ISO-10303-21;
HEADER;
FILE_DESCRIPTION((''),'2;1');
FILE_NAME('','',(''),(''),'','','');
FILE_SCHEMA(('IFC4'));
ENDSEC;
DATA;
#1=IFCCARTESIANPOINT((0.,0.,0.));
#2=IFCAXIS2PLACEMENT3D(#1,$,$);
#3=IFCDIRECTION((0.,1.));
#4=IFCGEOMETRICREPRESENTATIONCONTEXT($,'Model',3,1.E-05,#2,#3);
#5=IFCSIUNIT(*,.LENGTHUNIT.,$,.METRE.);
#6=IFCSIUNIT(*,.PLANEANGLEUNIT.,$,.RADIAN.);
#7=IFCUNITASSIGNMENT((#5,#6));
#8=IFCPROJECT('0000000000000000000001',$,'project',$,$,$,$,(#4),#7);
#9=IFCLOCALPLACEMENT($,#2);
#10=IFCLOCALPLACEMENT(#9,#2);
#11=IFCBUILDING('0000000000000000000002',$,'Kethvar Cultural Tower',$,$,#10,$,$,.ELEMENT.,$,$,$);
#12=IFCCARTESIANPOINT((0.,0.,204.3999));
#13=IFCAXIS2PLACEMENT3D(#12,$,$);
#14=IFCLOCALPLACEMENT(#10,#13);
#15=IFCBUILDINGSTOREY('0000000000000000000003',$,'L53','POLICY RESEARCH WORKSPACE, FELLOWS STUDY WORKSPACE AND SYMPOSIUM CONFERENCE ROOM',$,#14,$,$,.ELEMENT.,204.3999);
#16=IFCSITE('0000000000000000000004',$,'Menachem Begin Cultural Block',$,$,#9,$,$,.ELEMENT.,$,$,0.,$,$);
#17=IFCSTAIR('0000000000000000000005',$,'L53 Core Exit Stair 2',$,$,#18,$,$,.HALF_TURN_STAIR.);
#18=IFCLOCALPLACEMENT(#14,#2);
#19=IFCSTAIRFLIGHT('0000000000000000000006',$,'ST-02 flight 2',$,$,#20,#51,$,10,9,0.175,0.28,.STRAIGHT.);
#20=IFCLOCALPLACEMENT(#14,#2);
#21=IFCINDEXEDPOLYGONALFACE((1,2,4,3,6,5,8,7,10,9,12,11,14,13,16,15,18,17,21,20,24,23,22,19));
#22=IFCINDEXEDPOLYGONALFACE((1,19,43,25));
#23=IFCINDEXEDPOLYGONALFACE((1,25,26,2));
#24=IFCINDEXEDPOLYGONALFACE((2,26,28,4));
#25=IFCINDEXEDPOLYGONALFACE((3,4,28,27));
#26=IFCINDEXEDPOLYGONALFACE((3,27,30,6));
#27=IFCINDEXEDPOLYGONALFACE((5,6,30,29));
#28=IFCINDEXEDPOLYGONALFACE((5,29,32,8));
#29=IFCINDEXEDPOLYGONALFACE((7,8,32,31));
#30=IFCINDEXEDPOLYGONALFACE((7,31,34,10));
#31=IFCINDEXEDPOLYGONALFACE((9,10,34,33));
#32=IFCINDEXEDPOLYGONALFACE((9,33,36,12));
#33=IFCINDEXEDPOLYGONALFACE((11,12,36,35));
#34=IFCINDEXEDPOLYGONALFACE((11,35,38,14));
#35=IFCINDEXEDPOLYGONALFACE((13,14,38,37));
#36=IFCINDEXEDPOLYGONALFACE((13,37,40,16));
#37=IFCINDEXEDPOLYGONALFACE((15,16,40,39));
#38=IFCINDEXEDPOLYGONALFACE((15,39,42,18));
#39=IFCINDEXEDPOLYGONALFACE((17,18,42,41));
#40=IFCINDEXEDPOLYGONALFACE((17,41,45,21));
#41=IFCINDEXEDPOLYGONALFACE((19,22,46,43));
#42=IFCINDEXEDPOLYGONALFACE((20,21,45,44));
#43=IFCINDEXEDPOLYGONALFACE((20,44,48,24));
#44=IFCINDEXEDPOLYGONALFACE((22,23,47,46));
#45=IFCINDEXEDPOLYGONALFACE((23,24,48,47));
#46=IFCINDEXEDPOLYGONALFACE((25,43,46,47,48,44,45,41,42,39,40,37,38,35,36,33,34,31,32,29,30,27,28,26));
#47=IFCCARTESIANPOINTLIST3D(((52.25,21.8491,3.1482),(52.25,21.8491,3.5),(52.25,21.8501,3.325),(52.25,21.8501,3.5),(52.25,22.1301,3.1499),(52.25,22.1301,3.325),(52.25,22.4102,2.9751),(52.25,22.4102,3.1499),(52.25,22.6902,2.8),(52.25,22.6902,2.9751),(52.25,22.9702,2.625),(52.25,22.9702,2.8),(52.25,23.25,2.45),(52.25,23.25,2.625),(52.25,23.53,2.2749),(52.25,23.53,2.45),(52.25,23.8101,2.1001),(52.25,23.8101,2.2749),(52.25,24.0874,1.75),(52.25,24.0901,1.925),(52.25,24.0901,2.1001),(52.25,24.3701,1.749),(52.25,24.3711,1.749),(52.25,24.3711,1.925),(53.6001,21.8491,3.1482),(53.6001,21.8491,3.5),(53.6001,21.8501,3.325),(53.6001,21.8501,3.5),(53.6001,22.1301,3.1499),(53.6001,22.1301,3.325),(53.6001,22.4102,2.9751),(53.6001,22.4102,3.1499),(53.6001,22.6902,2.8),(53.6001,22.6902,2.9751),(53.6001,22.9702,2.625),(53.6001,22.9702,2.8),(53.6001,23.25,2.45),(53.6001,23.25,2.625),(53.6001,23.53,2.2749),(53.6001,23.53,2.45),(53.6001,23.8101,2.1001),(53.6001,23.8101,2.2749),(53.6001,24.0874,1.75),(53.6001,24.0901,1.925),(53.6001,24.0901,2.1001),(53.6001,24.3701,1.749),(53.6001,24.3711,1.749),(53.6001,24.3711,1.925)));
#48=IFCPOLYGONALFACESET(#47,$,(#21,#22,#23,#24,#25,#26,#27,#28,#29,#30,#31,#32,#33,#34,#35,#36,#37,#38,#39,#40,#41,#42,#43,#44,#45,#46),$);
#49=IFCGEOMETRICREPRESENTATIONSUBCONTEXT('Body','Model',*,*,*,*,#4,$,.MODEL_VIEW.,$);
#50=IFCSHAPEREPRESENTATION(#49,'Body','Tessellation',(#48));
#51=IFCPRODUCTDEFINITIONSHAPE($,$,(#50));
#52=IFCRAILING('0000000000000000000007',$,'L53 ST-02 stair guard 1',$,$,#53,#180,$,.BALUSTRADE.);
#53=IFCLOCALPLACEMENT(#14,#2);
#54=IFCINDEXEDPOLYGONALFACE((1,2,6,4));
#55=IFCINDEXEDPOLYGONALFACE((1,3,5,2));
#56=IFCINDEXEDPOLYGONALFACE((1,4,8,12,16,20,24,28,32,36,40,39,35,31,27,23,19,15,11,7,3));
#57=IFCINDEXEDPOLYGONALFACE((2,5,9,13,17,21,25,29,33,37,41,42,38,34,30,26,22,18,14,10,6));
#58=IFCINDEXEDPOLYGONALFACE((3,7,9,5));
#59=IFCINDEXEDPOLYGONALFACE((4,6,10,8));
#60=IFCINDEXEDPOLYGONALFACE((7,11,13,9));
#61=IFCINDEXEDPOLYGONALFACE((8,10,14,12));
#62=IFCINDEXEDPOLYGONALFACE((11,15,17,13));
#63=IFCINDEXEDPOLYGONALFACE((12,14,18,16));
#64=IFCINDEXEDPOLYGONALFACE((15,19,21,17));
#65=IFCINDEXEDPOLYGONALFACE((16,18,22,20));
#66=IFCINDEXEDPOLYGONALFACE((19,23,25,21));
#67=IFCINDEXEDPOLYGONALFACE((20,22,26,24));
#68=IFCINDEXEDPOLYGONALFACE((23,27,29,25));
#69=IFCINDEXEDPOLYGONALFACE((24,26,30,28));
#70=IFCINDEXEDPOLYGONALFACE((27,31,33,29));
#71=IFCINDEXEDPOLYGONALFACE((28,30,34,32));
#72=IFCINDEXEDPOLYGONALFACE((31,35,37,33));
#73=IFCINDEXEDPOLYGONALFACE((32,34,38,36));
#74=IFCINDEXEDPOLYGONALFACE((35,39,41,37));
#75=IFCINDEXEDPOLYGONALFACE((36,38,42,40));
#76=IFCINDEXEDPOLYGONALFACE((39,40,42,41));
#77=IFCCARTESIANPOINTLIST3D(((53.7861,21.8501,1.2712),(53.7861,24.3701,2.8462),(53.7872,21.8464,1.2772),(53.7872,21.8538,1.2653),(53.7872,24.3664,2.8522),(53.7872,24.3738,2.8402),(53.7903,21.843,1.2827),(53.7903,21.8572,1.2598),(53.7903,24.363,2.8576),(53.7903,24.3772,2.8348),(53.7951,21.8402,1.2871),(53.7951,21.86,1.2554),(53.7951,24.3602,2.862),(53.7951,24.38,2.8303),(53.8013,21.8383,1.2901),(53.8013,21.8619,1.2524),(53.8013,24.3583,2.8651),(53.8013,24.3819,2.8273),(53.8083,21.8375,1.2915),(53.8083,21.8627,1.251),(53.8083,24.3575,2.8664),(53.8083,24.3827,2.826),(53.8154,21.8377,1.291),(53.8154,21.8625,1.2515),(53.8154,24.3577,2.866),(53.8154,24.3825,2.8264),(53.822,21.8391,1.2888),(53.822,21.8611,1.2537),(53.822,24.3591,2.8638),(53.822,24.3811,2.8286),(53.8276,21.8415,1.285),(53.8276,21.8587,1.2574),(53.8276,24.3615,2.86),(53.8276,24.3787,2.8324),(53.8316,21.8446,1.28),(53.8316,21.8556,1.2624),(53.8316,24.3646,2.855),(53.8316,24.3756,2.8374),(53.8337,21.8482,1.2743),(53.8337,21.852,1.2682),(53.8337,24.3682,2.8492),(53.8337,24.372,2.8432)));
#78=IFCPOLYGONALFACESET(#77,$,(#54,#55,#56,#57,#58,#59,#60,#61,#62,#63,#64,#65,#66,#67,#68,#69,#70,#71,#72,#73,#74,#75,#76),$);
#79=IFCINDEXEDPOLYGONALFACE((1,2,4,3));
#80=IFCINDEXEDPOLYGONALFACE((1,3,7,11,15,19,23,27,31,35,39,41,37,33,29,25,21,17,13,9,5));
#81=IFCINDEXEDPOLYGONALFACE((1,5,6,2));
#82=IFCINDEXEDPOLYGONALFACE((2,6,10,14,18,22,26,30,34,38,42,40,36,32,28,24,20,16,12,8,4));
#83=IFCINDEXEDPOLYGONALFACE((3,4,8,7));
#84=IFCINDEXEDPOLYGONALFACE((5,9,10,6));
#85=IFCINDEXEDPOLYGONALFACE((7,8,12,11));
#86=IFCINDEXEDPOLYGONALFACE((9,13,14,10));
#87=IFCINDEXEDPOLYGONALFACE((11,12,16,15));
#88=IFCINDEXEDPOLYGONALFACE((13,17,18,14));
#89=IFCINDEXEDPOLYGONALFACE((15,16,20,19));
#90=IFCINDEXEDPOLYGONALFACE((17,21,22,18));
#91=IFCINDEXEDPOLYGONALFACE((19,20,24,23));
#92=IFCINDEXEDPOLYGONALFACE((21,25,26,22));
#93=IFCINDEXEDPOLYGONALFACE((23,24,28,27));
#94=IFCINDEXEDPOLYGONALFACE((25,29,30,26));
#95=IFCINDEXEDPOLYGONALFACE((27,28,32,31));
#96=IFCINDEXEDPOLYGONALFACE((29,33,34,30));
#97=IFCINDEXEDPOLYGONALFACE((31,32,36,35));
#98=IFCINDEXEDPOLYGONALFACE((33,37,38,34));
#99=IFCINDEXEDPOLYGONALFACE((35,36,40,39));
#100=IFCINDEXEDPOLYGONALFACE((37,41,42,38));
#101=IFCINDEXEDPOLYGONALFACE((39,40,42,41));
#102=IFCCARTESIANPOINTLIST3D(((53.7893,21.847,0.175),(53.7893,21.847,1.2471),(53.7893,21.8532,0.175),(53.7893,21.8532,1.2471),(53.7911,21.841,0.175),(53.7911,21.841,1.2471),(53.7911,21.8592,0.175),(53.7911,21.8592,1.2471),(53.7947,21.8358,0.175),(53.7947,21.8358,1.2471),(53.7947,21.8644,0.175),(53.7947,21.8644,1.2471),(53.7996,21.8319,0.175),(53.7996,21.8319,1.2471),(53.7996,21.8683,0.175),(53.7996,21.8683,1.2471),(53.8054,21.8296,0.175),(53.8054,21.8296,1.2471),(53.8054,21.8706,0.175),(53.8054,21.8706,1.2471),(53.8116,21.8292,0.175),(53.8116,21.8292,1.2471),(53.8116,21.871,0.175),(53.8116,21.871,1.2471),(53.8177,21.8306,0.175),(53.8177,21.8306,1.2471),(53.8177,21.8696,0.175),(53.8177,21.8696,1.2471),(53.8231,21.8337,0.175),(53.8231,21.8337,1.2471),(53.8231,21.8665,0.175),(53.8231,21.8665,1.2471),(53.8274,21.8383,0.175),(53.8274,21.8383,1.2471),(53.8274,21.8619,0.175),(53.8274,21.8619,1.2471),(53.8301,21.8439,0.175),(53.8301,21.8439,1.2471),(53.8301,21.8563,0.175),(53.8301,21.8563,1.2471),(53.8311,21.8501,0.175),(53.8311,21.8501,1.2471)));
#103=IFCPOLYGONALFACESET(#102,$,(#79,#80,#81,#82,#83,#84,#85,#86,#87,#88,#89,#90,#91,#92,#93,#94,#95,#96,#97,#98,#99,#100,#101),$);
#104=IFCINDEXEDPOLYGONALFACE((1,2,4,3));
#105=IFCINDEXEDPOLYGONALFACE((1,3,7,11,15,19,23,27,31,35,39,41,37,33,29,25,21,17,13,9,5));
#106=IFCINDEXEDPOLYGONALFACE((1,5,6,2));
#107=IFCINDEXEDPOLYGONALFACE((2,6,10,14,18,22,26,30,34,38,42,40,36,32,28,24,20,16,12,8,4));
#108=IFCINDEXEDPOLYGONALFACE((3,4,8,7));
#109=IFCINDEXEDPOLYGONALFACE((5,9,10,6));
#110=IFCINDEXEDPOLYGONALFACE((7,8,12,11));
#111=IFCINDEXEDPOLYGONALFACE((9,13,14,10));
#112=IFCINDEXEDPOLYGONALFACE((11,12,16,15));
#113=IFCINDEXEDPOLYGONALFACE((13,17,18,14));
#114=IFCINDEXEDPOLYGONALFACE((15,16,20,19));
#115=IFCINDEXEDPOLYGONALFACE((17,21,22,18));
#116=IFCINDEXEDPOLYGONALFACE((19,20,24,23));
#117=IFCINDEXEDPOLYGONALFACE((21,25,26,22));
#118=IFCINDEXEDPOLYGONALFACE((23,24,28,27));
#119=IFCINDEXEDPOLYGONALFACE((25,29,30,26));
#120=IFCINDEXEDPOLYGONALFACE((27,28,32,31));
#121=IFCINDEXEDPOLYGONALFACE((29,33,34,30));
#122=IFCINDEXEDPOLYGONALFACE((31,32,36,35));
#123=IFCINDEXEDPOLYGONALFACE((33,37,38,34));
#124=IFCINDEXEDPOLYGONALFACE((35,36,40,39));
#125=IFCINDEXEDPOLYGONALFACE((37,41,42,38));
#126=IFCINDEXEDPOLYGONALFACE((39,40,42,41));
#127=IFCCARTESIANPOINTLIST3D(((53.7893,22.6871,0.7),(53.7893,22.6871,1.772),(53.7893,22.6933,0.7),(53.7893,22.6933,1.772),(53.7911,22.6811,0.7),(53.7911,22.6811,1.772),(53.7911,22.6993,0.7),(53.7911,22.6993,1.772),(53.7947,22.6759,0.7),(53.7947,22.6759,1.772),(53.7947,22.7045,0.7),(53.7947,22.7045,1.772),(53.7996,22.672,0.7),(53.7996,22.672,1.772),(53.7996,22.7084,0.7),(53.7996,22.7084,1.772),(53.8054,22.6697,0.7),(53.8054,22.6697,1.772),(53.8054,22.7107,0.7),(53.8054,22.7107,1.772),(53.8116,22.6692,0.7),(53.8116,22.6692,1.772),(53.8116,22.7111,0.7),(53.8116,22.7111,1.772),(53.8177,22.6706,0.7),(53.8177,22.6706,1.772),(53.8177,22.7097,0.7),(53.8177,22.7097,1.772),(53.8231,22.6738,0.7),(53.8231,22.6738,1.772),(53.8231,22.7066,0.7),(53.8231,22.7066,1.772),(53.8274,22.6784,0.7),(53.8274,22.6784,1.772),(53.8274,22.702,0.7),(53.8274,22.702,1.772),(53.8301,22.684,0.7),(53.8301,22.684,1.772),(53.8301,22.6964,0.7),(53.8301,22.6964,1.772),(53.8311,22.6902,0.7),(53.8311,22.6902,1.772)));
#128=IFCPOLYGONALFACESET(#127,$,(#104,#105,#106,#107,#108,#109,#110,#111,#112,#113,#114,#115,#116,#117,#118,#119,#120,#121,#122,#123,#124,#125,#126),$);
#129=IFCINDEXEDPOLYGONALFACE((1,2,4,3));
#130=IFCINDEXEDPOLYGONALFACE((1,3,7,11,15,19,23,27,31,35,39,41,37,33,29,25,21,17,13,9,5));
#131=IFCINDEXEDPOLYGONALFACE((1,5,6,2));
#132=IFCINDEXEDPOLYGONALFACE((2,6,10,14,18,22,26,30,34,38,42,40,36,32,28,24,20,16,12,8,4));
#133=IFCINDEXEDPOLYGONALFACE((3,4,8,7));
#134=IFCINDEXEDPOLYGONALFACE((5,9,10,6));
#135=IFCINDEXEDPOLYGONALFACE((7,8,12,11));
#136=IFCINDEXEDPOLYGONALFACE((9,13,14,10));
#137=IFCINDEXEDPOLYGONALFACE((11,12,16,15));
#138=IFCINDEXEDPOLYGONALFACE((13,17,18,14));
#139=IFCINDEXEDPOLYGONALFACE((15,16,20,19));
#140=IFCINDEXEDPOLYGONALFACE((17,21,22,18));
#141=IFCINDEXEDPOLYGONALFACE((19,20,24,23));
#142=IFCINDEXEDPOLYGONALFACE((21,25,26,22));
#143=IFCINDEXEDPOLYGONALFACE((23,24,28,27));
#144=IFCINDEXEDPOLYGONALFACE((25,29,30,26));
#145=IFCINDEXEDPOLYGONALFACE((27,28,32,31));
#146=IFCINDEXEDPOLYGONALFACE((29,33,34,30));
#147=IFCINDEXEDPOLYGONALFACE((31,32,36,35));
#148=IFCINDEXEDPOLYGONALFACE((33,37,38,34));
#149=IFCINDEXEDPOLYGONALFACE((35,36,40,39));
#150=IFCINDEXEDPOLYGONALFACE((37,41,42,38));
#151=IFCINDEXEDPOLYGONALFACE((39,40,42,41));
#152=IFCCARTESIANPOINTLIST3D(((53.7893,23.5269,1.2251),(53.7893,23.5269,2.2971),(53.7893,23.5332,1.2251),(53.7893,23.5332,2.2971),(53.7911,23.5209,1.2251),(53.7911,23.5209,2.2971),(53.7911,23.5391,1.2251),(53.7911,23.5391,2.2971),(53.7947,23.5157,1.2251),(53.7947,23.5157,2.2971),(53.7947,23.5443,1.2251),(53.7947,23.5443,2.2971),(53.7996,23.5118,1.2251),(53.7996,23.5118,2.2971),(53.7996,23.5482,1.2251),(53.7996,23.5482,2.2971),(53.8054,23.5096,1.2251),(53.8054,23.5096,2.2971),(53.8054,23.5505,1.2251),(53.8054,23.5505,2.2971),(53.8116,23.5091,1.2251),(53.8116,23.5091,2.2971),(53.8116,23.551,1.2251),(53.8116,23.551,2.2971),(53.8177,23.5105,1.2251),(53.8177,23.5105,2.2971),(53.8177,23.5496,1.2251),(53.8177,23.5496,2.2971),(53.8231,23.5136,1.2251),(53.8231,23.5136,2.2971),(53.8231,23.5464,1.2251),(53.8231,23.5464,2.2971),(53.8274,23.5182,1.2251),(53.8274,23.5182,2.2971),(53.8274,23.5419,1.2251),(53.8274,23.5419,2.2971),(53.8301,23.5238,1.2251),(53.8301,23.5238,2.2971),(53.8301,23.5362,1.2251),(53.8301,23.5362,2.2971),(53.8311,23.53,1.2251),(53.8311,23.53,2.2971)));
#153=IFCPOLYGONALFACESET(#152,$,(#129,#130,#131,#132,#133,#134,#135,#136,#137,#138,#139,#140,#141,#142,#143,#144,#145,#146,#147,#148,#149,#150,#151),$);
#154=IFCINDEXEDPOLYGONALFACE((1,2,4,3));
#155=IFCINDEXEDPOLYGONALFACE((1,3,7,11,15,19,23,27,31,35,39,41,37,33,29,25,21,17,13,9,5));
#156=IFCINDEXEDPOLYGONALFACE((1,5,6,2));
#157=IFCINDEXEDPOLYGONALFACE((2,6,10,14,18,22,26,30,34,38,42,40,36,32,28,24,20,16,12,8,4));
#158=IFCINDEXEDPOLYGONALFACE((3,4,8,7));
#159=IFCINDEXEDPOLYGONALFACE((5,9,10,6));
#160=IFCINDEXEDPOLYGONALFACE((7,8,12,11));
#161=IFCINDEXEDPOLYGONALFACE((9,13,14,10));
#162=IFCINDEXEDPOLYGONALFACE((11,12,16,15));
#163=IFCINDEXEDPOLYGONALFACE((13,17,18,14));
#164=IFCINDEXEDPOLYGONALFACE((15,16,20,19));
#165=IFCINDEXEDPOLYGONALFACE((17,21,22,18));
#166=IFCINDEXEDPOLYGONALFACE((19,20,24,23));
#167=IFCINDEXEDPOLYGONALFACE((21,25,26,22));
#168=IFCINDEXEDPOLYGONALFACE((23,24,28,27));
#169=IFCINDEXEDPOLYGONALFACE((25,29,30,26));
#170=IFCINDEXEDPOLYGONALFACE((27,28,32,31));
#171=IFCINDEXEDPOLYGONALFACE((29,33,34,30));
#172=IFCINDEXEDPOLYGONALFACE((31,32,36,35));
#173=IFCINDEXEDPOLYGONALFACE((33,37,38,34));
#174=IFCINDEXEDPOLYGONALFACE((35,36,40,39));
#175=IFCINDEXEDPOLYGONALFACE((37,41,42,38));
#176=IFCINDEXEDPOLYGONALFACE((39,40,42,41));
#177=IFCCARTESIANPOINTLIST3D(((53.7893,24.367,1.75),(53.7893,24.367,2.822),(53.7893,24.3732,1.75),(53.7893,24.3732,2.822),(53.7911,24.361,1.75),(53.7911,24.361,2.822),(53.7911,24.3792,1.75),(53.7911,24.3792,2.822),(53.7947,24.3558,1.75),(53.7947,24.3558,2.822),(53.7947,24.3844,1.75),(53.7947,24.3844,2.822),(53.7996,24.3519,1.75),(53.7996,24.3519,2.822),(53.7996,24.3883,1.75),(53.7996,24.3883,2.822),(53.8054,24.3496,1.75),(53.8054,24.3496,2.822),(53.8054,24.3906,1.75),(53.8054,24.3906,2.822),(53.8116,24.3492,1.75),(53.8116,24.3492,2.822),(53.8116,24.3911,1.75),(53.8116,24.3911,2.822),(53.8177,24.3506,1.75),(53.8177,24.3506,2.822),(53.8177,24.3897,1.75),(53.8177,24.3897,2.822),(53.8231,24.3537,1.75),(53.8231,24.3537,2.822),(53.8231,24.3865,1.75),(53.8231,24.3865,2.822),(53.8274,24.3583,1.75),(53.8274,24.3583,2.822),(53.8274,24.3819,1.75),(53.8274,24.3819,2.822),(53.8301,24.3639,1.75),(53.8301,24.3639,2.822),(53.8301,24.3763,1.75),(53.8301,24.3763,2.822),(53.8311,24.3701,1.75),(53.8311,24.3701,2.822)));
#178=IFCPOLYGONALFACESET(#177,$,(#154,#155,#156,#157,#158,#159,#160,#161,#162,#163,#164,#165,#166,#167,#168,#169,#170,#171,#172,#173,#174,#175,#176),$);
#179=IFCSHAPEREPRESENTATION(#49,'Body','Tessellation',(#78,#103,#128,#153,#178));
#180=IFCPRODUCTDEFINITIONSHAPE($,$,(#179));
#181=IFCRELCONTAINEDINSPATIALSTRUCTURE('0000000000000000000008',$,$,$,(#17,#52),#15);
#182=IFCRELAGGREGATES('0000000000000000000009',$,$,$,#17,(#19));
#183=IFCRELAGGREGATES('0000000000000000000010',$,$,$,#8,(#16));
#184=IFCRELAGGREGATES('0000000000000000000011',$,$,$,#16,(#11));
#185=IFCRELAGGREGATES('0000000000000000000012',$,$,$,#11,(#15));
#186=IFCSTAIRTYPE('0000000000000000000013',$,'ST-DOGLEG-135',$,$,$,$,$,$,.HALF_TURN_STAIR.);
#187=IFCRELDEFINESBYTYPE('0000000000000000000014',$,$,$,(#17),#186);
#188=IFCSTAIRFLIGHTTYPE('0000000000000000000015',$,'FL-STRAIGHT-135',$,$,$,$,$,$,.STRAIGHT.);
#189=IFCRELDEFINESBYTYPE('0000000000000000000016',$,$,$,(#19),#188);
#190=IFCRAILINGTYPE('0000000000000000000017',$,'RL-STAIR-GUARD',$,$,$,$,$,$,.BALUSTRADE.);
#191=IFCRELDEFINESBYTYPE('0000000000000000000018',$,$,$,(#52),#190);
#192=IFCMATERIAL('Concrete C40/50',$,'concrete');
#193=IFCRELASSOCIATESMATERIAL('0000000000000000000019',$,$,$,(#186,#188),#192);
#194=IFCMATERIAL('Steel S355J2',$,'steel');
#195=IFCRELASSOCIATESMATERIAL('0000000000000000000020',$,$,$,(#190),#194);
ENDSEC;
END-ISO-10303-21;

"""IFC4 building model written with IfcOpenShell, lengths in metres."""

from ifc_helpers import new_model, si_unit, direction, frame, origin, origin_2d, place, context, subcontext, project, spatial, polyline, circle, outline, extrude, material, type_object, element, aggregate, save


model = new_model("IFC4")

# Units and contexts
model_context = context("Model", 3, precision=1e-05, world=origin(), true_north=direction((0.0, 1.0)))
body_context = subcontext(model_context, "Body", "Model", "MODEL_VIEW")
ifc_project = project(units=[si_unit("LENGTHUNIT", "METRE"), si_unit("PLANEANGLEUNIT", "RADIAN")], contexts=[model_context])

# Site, building, storey
site_placement = place(None, origin())
site = spatial("IfcSite", under=ifc_project, at=site_placement, Name="Menachem Begin Cultural Block", CompositionType="ELEMENT", RefElevation=0.0)
building_placement = place(site_placement, origin())
building = spatial("IfcBuilding", under=site, at=building_placement, Name="Kethvar Cultural Tower", CompositionType="ELEMENT")
storey_placement = place(building_placement, frame((0.0, 0.0, 204.3999)))
storey = spatial("IfcBuildingStorey", under=building, at=storey_placement, Name="L53", Description="POLICY RESEARCH WORKSPACE, FELLOWS STUDY WORKSPACE AND SYMPOSIUM CONFERENCE ROOM", CompositionType="ELEMENT", Elevation=204.3999)

# Shared definitions
ifc_material_1 = material(Name="Steel S355J2", Category="steel")

# Stair, stair flight
ifc_material_2 = material(Name="Concrete C40/50", Category="concrete")
stair_type = type_object("IfcStairType", Name="ST-DOGLEG-135", PredefinedType="HALF_TURN_STAIR", material=ifc_material_2)
stair_placement = place(storey_placement, origin())
stair = element("IfcStair", 1, at=stair_placement, inside=storey, type_object=stair_type, Name="L53 Core Exit Stair 2", PredefinedType="HALF_TURN_STAIR")
stair_flight_type = type_object("IfcStairFlightType", Name="FL-STRAIGHT-135", PredefinedType="STRAIGHT", material=ifc_material_2)
stair_flight_1_placement = place(storey_placement, frame((52.925, 24.3701, 1.75), z_axis=(0.0, 0.0, 1.0), x_axis=(0.0, -1.0, 0.0)))
stair_flight_1 = element("IfcStairFlight", 2, at=stair_flight_1_placement, type_object=stair_flight_type, Name="ST-02 flight 2", NumberOfRisers=10, NumberOfTreads=9, PredefinedType="STRAIGHT", RiserHeight=0.175, TreadLength=0.28, context=body_context, shape_type="SweptSolid", body=[
    extrude(outline(polyline([(-0.001, -0.001), (-0.001, 0.175), (0.28, 0.175), (0.28, 0.3501), (0.5601, 0.3501), (0.5601, 0.5249), (0.8401, 0.5249), (0.8401, 0.7), (1.1201, 0.7), (1.1201, 0.875), (1.3999, 0.875), (1.3999, 1.05), (1.6799, 1.05), (1.6799, 1.2251), (1.96, 1.2251), (1.96, 1.3999), (2.24, 1.3999), (2.24, 1.575), (2.52, 1.575), (2.52, 1.75), (2.521, 1.75), (2.521, 1.3982), (0.2827, 0.0), (0.0, -0.001), (-0.001, -0.001)])), frame((0.0, 0.675, 0.0), z_axis=(0.0, -1.0, 0.0), x_axis=(1.0, 0.0, 0.0)), (0.0, 0.0, 1.0), 1.3501),
])
aggregate(stair, [stair_flight_1])

# Railing
railing_type_1 = type_object("IfcRailingType", Name="RL-STAIR-GUARD", PredefinedType="BALUSTRADE", material=ifc_material_1)
railing_1_placement = place(storey_placement, frame((53.8101, 21.8501, 0.175)))
element("IfcRailing", 3, at=railing_1_placement, inside=storey, type_object=railing_type_1, Name="L53 ST-02 stair guard 1", PredefinedType="BALUSTRADE", context=body_context, shape_type="SweptSolid", body=[
    extrude(circle(Radius=0.0239, at=origin_2d()), frame((0.0, 0.0, 1.0962), z_axis=(0.0, 0.848008, 0.529984), x_axis=(-1.0, 0.0, 0.0)), (0.0, 0.0, 1.0), 2.9717),
    extrude(circle(Radius=0.021, at=origin_2d()), origin(), (0.0, 0.0, 1.0), 1.072),
    extrude(circle(Radius=0.021, at=origin_2d()), frame((0.0, 0.8401, 0.5249)), (0.0, 0.0, 1.0), 1.072),
    extrude(circle(Radius=0.021, at=origin_2d()), frame((0.0, 1.6799, 1.05)), (0.0, 0.0, 1.0), 1.072),
    extrude(circle(Radius=0.021, at=origin_2d()), frame((0.0, 2.52, 1.575)), (0.0, 0.0, 1.0), 1.072),
])

save(model, "model.ifc")
